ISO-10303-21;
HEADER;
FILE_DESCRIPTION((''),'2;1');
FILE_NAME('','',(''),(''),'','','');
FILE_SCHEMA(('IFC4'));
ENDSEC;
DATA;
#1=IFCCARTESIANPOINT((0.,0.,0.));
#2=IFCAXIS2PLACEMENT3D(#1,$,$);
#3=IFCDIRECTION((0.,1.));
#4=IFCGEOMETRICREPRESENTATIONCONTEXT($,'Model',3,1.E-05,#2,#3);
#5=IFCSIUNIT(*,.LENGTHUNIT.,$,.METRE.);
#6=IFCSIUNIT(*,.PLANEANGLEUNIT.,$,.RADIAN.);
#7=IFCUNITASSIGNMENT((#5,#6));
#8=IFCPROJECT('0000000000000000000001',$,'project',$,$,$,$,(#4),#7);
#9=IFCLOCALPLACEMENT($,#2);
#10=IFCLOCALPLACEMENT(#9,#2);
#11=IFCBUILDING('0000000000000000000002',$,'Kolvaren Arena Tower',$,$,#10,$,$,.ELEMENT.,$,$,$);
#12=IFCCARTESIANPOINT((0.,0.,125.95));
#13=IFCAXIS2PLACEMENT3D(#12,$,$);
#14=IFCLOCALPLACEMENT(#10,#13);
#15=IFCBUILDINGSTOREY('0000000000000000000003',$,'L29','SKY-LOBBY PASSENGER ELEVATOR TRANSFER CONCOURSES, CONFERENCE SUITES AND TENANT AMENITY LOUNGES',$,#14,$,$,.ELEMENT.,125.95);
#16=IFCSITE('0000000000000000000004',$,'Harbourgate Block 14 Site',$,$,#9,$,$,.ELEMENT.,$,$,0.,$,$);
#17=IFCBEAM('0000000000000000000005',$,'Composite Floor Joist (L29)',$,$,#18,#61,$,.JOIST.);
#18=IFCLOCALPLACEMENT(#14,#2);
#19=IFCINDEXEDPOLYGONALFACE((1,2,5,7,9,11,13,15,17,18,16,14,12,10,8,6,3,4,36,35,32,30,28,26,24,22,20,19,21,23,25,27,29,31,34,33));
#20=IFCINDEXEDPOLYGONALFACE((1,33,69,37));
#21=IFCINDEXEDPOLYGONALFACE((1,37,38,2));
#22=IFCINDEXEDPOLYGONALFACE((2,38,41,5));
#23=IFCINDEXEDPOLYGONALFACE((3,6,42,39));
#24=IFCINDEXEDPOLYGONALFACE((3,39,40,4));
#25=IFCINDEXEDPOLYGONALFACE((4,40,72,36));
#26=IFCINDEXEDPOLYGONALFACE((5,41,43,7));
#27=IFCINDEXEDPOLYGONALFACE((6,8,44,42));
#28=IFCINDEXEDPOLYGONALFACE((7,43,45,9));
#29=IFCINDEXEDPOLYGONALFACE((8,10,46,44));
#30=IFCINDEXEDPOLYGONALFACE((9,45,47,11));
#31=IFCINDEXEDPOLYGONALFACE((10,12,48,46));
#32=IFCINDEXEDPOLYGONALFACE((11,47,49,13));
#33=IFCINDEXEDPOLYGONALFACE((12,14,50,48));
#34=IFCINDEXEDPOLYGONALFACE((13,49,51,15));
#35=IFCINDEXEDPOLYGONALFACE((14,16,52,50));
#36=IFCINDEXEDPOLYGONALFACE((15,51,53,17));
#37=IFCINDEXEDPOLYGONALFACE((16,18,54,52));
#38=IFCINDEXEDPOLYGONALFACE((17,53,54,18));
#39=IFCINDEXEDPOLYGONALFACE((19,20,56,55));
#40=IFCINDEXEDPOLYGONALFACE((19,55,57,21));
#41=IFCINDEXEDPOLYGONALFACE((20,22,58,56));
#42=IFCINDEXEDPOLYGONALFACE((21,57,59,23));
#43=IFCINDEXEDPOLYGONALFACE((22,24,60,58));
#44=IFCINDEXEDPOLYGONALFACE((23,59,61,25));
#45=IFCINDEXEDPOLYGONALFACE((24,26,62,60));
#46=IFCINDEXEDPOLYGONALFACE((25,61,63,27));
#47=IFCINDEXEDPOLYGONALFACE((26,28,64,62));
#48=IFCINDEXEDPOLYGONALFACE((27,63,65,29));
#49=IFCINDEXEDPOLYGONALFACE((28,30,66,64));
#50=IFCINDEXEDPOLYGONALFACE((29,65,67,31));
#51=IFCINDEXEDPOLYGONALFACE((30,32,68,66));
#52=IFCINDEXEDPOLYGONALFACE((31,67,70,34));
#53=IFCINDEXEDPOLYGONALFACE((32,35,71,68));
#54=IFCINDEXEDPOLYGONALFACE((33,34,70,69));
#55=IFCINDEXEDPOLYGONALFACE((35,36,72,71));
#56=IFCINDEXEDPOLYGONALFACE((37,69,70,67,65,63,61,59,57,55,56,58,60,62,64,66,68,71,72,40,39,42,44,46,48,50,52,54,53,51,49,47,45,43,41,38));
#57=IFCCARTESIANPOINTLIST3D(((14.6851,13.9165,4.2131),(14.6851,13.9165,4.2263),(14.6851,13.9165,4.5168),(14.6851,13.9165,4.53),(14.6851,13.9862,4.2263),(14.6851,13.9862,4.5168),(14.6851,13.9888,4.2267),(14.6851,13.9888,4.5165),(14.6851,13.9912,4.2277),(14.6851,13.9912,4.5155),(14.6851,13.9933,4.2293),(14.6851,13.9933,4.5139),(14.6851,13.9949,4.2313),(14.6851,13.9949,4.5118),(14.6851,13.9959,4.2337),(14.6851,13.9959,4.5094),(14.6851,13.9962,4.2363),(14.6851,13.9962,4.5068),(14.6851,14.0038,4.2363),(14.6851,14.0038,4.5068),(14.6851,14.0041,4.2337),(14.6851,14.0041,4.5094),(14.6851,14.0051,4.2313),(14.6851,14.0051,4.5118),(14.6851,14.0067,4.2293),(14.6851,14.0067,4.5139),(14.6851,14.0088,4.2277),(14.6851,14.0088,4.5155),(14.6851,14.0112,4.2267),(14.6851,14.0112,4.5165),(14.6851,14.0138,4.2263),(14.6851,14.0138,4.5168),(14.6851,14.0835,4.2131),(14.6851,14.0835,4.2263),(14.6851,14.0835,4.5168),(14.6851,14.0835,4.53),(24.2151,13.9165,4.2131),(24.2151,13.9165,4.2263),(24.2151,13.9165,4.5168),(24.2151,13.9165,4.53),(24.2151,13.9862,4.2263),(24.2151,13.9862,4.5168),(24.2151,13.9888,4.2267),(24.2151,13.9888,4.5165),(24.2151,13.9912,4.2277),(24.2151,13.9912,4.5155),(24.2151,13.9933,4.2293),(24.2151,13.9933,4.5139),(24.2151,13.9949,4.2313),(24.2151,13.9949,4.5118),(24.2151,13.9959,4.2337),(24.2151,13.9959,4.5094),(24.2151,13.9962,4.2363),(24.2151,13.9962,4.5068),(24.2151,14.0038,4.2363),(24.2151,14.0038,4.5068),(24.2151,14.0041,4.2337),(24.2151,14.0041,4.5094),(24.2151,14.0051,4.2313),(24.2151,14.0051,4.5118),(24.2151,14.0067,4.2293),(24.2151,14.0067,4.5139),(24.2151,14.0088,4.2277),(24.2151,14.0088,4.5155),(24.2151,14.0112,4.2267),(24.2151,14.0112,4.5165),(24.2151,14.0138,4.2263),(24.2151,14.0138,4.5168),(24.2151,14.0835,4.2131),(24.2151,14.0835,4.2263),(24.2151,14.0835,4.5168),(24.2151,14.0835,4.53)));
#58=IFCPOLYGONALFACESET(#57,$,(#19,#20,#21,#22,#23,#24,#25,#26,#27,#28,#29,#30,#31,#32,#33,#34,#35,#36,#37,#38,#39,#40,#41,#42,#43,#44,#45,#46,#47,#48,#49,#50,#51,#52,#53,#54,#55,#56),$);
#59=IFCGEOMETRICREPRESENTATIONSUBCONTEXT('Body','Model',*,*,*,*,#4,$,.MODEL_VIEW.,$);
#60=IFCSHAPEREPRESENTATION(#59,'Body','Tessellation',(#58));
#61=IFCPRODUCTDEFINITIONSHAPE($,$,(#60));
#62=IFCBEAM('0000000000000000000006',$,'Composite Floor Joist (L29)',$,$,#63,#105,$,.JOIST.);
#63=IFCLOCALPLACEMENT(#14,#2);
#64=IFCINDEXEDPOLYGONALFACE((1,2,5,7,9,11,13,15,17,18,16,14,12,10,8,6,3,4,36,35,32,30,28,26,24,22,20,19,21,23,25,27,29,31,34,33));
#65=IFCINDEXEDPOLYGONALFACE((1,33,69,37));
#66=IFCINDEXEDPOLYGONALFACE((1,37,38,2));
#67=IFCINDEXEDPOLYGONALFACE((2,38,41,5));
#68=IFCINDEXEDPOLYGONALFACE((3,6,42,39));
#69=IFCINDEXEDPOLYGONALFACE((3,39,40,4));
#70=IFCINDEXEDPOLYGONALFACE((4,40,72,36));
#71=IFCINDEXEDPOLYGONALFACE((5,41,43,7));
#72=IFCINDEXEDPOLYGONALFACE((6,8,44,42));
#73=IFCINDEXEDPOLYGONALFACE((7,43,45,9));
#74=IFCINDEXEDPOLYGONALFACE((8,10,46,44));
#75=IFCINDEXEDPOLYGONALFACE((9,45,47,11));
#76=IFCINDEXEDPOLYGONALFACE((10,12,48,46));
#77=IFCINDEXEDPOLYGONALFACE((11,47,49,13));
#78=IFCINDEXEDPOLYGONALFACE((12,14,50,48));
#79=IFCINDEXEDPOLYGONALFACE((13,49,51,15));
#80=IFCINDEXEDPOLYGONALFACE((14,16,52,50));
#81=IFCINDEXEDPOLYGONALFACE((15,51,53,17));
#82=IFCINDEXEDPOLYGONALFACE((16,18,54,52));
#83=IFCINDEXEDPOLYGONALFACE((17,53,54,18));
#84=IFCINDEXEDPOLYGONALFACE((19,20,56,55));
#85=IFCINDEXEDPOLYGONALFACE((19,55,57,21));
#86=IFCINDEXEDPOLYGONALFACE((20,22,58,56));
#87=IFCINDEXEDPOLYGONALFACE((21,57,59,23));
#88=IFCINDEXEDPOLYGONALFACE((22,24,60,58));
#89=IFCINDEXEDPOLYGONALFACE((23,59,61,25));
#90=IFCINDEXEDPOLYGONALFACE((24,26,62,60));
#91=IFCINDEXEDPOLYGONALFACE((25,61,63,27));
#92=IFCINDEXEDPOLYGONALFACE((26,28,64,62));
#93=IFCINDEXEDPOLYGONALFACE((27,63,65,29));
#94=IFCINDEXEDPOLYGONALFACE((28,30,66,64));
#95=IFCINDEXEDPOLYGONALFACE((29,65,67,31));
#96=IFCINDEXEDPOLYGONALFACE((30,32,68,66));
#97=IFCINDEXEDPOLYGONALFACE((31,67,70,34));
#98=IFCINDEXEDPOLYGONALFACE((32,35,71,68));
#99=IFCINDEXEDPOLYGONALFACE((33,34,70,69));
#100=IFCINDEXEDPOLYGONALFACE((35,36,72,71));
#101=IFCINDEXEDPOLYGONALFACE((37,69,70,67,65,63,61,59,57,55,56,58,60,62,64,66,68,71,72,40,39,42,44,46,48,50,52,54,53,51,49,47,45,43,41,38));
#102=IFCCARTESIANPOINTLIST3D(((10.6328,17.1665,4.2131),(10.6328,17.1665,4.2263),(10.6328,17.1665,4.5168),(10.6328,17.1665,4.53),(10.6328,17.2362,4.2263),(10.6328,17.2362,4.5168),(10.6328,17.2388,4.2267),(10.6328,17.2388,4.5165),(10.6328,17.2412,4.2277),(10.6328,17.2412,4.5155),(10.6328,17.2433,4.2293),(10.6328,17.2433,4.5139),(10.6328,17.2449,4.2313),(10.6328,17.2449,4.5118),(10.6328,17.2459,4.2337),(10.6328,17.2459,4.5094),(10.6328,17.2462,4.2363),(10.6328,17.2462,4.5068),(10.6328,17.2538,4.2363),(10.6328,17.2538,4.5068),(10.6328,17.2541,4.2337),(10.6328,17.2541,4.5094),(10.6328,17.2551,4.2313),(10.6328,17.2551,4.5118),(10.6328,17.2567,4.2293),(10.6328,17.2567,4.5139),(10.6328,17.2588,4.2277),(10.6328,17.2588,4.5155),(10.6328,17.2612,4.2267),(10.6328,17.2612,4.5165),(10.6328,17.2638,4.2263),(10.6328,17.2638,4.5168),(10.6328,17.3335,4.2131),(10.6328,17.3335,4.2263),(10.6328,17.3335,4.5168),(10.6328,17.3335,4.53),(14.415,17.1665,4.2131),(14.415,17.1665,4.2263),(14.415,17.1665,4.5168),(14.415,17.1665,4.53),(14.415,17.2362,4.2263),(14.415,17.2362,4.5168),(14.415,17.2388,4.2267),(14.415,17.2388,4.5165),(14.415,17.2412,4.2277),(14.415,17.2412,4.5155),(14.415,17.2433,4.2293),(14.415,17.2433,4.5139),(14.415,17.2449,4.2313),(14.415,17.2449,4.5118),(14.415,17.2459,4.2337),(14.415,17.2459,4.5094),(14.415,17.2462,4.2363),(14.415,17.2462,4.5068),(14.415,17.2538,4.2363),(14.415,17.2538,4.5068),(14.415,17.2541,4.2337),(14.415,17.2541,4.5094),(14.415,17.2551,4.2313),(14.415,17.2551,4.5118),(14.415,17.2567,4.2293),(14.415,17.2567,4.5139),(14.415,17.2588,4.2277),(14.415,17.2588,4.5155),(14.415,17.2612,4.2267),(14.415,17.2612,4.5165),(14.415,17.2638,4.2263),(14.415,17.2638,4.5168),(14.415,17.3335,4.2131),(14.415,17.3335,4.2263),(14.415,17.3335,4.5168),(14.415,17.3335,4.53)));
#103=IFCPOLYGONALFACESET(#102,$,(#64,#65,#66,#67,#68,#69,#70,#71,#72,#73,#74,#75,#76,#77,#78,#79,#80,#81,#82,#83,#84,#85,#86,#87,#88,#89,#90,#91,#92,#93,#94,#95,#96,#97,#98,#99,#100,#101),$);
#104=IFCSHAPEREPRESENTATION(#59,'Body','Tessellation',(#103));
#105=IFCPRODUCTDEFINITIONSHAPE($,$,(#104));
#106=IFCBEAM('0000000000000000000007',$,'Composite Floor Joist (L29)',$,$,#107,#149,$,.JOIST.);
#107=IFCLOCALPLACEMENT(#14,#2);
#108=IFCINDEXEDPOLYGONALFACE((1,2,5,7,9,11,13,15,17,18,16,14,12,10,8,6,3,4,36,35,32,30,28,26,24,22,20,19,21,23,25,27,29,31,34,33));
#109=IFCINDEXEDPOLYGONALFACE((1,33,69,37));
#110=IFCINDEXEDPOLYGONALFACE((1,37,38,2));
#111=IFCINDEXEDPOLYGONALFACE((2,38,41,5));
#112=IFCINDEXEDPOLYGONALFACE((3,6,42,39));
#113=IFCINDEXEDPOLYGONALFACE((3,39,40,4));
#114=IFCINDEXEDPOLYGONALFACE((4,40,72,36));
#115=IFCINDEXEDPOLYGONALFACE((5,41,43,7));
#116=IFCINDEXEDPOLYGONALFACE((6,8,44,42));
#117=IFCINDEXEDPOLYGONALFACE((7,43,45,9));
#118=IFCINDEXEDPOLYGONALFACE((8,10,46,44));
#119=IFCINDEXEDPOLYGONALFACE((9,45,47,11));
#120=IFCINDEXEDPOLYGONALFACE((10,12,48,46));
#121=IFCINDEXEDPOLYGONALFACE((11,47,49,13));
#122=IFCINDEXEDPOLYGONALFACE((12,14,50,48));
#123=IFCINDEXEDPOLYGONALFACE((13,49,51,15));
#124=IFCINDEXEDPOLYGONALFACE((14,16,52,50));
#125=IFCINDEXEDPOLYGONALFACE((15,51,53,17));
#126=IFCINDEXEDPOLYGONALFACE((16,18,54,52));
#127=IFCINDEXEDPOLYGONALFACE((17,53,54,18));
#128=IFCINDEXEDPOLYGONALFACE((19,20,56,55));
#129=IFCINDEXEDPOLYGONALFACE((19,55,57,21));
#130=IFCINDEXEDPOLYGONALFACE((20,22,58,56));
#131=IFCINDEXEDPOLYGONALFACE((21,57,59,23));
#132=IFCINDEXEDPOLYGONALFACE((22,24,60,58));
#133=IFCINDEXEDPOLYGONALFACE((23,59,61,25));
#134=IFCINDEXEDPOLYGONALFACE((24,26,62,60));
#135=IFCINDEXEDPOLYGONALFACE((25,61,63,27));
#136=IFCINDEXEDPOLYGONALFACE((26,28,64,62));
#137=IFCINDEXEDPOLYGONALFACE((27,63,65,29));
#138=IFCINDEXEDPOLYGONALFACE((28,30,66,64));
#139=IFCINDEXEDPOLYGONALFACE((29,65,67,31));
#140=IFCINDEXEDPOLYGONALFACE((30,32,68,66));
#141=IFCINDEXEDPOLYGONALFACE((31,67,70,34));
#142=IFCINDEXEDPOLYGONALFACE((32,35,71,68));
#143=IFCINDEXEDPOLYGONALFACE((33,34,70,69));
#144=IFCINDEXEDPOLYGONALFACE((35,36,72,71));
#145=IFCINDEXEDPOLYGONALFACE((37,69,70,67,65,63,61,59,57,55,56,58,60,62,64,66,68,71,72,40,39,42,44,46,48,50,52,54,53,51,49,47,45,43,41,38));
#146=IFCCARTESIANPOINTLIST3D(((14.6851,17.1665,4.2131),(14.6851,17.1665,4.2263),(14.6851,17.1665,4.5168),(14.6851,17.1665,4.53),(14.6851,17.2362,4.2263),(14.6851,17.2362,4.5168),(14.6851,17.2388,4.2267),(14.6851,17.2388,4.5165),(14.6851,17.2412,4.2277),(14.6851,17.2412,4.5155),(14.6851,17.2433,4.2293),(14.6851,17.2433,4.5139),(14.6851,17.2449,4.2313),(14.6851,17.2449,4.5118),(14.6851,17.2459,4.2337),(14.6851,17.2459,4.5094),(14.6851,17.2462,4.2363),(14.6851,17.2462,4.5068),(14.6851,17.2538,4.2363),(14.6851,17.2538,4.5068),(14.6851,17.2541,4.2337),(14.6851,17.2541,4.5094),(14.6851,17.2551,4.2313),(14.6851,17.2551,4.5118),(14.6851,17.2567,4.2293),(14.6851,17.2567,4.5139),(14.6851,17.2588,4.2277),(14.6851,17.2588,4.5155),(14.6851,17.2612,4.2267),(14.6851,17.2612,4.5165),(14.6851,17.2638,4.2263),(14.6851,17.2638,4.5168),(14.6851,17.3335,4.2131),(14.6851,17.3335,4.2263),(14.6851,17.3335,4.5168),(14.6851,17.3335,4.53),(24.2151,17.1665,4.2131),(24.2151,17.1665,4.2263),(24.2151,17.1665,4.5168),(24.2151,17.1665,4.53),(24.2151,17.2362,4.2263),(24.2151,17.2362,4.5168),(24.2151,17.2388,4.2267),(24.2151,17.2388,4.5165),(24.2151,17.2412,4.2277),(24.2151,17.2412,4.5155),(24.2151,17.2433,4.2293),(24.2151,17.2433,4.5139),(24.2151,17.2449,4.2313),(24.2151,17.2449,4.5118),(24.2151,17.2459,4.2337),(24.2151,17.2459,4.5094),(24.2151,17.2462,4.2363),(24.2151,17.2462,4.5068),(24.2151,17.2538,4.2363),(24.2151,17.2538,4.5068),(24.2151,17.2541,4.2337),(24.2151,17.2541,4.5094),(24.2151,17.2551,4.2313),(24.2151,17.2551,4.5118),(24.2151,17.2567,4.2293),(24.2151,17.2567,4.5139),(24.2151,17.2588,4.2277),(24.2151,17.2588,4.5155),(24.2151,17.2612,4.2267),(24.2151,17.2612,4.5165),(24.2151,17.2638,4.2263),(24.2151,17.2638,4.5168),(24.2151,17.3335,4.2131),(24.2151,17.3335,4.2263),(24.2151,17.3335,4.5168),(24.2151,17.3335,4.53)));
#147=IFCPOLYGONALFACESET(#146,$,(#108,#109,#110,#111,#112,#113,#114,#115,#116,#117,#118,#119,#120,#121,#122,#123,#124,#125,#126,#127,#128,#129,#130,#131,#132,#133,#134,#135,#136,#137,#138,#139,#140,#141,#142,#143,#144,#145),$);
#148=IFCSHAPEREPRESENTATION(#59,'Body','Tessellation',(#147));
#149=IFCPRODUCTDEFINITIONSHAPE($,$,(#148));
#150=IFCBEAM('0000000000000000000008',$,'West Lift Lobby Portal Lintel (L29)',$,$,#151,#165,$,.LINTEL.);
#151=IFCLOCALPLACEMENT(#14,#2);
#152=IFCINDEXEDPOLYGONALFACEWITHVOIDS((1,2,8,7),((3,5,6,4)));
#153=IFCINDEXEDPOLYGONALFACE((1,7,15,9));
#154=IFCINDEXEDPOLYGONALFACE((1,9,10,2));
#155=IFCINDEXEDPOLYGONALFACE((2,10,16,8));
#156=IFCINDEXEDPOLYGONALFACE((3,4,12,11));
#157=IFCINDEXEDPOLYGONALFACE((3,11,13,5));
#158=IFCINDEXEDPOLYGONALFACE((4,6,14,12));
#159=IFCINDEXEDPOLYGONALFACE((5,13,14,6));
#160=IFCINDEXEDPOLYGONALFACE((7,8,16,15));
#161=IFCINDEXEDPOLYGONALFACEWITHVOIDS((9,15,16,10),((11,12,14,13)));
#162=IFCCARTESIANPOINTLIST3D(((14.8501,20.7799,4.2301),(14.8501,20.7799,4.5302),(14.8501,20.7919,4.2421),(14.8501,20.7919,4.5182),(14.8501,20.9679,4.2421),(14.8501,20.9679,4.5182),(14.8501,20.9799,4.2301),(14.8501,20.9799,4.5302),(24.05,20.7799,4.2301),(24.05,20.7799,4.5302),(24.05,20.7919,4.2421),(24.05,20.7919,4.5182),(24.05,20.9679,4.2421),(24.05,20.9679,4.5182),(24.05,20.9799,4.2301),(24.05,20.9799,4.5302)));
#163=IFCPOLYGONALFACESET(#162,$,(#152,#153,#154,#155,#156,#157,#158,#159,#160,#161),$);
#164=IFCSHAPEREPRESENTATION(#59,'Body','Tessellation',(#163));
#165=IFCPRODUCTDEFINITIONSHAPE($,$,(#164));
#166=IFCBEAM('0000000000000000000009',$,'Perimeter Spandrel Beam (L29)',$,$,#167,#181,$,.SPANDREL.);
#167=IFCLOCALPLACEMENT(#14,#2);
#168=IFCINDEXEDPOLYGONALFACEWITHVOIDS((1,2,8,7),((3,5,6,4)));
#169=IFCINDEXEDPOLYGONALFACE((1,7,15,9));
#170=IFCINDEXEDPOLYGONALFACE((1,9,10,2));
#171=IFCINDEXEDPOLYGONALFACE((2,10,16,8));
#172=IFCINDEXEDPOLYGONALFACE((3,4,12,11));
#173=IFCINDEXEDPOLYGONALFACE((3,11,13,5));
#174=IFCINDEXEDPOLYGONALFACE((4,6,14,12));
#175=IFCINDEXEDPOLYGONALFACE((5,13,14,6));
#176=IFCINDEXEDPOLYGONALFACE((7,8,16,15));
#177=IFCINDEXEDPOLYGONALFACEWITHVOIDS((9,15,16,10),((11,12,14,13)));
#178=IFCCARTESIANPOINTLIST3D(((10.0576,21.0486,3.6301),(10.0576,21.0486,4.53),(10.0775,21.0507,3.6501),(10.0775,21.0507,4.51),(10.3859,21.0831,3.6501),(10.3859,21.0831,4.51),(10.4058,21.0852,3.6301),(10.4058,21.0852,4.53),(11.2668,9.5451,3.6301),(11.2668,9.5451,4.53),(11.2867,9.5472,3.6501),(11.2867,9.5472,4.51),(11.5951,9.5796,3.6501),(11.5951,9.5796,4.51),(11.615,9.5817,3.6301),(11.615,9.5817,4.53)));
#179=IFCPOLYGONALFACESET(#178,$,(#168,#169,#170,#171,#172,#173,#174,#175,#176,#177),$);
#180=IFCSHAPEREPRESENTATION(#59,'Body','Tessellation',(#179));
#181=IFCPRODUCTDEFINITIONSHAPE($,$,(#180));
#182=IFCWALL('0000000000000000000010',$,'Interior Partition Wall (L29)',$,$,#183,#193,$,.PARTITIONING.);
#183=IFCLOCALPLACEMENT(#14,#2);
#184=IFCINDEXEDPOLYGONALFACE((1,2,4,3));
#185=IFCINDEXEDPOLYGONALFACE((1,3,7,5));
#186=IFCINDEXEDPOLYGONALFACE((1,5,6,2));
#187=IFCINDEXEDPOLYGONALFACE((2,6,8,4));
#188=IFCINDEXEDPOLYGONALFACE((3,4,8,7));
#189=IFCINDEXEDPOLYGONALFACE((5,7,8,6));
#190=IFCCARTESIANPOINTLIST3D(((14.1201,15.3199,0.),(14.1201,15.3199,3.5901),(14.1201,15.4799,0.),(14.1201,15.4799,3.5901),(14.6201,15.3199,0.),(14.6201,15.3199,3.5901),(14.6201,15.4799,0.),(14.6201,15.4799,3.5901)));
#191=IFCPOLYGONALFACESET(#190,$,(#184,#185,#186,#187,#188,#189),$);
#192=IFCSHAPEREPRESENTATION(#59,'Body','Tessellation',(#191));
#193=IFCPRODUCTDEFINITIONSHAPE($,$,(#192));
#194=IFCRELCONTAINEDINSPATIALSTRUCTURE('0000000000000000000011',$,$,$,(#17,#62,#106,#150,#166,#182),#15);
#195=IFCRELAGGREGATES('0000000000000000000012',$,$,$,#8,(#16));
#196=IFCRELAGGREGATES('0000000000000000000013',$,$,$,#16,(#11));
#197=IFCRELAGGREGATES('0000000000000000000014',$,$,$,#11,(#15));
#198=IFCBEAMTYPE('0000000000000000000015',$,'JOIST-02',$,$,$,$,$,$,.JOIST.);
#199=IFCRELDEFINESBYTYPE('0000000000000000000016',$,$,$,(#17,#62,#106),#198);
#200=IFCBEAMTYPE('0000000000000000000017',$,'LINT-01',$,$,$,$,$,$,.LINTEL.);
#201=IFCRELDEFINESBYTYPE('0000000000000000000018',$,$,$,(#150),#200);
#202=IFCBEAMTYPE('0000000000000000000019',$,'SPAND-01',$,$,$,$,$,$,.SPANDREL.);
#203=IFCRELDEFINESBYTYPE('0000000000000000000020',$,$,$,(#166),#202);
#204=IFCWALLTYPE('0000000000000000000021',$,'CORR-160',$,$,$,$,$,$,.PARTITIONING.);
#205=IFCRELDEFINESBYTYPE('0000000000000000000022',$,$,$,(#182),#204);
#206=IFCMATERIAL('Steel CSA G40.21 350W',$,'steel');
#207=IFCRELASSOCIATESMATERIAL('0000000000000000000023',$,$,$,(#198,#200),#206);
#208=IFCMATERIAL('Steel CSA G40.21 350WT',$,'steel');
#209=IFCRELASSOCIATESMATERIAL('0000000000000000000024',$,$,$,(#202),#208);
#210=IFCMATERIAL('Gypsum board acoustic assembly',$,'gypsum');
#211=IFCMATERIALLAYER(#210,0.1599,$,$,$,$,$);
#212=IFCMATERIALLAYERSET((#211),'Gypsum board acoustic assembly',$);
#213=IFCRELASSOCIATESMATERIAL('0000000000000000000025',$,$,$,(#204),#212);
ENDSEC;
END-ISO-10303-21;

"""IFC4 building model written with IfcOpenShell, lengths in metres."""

from ifc_helpers import new_model, si_unit, direction, frame, frame_2d, origin, origin_2d, place, context, subcontext, project, spatial, rectangle, hollow_rectangle, i_section, extrude, material, layer, layer_set, material_profile, profile_set, type_object, element, save


model = new_model("IFC4")

# Units and contexts
model_context = context("Model", 3, precision=1e-05, world=origin(), true_north=direction((0.0, 1.0)))
body_context = subcontext(model_context, "Body", "Model", "MODEL_VIEW")
ifc_project = project(units=[si_unit("LENGTHUNIT", "METRE"), si_unit("PLANEANGLEUNIT", "RADIAN")], contexts=[model_context])

# Site, building, storey
site_placement = place(None, origin())
site = spatial("IfcSite", under=ifc_project, at=site_placement, Name="Harbourgate Block 14 Site", CompositionType="ELEMENT", RefElevation=0.0)
building_placement = place(site_placement, origin())
building = spatial("IfcBuilding", under=site, at=building_placement, Name="Kolvaren Arena Tower", CompositionType="ELEMENT")
storey_placement = place(building_placement, frame((0.0, 0.0, 125.95)))
storey = spatial("IfcBuildingStorey", under=building, at=storey_placement, Name="L29", Description="SKY-LOBBY PASSENGER ELEVATOR TRANSFER CONCOURSES, CONFERENCE SUITES AND TENANT AMENITY LOUNGES", CompositionType="ELEMENT", Elevation=125.95)

# Beams
ifc_material_1 = material(Name="Steel CSA G40.21 350W", Category="steel")
ifc_material_profile_1 = material_profile(ifc_material_1, i_section(OverallWidth=0.167, OverallDepth=0.3169, WebThickness=0.0076, FlangeThickness=0.0132, FilletRadius=0.01, at=origin_2d()), Name="W310x52")
ifc_profile_set_1 = profile_set([ifc_material_profile_1], Name="Steel CSA G40.21 350W")
beam_type_1 = type_object("IfcBeamType", Name="JOIST-02", PredefinedType="JOIST", material=ifc_profile_set_1)
beam_1_placement = place(storey_placement, frame((14.6851, 14.0, 4.3716), z_axis=(1.0, 0.0, 0.0), x_axis=(0.0, 1.0, 0.0)))
element("IfcBeam", 1, at=beam_1_placement, inside=storey, type_object=beam_type_1, Name="Composite Floor Joist (L29)", PredefinedType="JOIST", context=body_context, shape_type="SweptSolid", body=[
    extrude(i_section(OverallWidth=0.167, OverallDepth=0.3169, WebThickness=0.0076, FlangeThickness=0.0132, FilletRadius=0.01, at=origin_2d()), origin(), (0.0, 0.0, 1.0), 9.53),
])
beam_2_placement = place(storey_placement, frame((10.6328, 17.25, 4.3716), z_axis=(1.0, 0.0, 0.0), x_axis=(0.0, 1.0, 0.0)))
element("IfcBeam", 2, at=beam_2_placement, inside=storey, type_object=beam_type_1, Name="Composite Floor Joist (L29)", PredefinedType="JOIST", context=body_context, shape_type="SweptSolid", body=[
    extrude(i_section(OverallWidth=0.167, OverallDepth=0.3169, WebThickness=0.0076, FlangeThickness=0.0132, FilletRadius=0.01, at=origin_2d()), origin(), (0.0, 0.0, 1.0), 3.7822),
])
beam_3_placement = place(storey_placement, frame((14.6851, 17.25, 4.3716), z_axis=(1.0, 0.0, 0.0), x_axis=(0.0, 1.0, 0.0)))
element("IfcBeam", 3, at=beam_3_placement, inside=storey, type_object=beam_type_1, Name="Composite Floor Joist (L29)", PredefinedType="JOIST", context=body_context, shape_type="SweptSolid", body=[
    extrude(i_section(OverallWidth=0.167, OverallDepth=0.3169, WebThickness=0.0076, FlangeThickness=0.0132, FilletRadius=0.01, at=origin_2d()), origin(), (0.0, 0.0, 1.0), 9.53),
])
ifc_material_profile_2 = material_profile(ifc_material_1, hollow_rectangle(XDim=0.2, YDim=0.3, WallThickness=0.012, at=origin_2d()), Name="HSS 300x200x12")
ifc_profile_set_2 = profile_set([ifc_material_profile_2], Name="Steel CSA G40.21 350W")
beam_type_2 = type_object("IfcBeamType", Name="LINT-01", PredefinedType="LINTEL", material=ifc_profile_set_2)
beam_4_placement = place(storey_placement, frame((14.8501, 20.8799, 4.3801), z_axis=(1.0, 0.0, 0.0), x_axis=(0.0, 1.0, 0.0)))
element("IfcBeam", 4, at=beam_4_placement, inside=storey, type_object=beam_type_2, Name="West Lift Lobby Portal Lintel (L29)", PredefinedType="LINTEL", context=body_context, shape_type="SweptSolid", body=[
    extrude(hollow_rectangle(XDim=0.2, YDim=0.3, WallThickness=0.012, at=origin_2d()), origin(), (0.0, 0.0, 1.0), 9.2),
])
ifc_material_2 = material(Name="Steel CSA G40.21 350WT", Category="steel")
ifc_material_profile_3 = material_profile(ifc_material_2, hollow_rectangle(XDim=0.3501, YDim=0.8999, WallThickness=0.02, at=origin_2d()), Name="HSS 900x350x20")
ifc_profile_set_3 = profile_set([ifc_material_profile_3], Name="Steel CSA G40.21 350WT")
beam_type_3 = type_object("IfcBeamType", Name="SPAND-01", PredefinedType="SPANDREL", material=ifc_profile_set_3)
beam_5_placement = place(storey_placement, frame((10.2317, 21.0669, 4.0801), z_axis=(0.104543, -0.99452, 0.0), x_axis=(0.99452, 0.104543, 0.0)))
element("IfcBeam", 5, at=beam_5_placement, inside=storey, type_object=beam_type_3, Name="Perimeter Spandrel Beam (L29)", PredefinedType="SPANDREL", context=body_context, shape_type="SweptSolid", body=[
    extrude(hollow_rectangle(XDim=0.3501, YDim=0.8999, WallThickness=0.02, at=origin_2d()), origin(), (0.0, 0.0, 1.0), 11.5669),
])

# Wall
ifc_material_3 = material(Name="Gypsum board acoustic assembly", Category="gypsum")
ifc_layer_1 = layer(ifc_material_3, 0.1599)
ifc_layer_set_1 = layer_set([ifc_layer_1], Name="Gypsum board acoustic assembly")
wall_type_1 = type_object("IfcWallType", Name="CORR-160", PredefinedType="PARTITIONING", material=ifc_layer_set_1)
wall_1_placement = place(storey_placement, frame((14.1201, 15.3999, 0.0), z_axis=(0.0, 0.0, 1.0), x_axis=(1.0, 0.0, 0.0)))
element("IfcWall", 6, at=wall_1_placement, inside=storey, type_object=wall_type_1, Name="Interior Partition Wall (L29)", PredefinedType="PARTITIONING", context=body_context, shape_type="SweptSolid", body=[
    extrude(rectangle(XDim=0.5, YDim=0.1599, at=frame_2d((0.25, 0.0))), origin(), (0.0, 0.0, 1.0), 3.5901),
])

save(model, "model.ifc")
